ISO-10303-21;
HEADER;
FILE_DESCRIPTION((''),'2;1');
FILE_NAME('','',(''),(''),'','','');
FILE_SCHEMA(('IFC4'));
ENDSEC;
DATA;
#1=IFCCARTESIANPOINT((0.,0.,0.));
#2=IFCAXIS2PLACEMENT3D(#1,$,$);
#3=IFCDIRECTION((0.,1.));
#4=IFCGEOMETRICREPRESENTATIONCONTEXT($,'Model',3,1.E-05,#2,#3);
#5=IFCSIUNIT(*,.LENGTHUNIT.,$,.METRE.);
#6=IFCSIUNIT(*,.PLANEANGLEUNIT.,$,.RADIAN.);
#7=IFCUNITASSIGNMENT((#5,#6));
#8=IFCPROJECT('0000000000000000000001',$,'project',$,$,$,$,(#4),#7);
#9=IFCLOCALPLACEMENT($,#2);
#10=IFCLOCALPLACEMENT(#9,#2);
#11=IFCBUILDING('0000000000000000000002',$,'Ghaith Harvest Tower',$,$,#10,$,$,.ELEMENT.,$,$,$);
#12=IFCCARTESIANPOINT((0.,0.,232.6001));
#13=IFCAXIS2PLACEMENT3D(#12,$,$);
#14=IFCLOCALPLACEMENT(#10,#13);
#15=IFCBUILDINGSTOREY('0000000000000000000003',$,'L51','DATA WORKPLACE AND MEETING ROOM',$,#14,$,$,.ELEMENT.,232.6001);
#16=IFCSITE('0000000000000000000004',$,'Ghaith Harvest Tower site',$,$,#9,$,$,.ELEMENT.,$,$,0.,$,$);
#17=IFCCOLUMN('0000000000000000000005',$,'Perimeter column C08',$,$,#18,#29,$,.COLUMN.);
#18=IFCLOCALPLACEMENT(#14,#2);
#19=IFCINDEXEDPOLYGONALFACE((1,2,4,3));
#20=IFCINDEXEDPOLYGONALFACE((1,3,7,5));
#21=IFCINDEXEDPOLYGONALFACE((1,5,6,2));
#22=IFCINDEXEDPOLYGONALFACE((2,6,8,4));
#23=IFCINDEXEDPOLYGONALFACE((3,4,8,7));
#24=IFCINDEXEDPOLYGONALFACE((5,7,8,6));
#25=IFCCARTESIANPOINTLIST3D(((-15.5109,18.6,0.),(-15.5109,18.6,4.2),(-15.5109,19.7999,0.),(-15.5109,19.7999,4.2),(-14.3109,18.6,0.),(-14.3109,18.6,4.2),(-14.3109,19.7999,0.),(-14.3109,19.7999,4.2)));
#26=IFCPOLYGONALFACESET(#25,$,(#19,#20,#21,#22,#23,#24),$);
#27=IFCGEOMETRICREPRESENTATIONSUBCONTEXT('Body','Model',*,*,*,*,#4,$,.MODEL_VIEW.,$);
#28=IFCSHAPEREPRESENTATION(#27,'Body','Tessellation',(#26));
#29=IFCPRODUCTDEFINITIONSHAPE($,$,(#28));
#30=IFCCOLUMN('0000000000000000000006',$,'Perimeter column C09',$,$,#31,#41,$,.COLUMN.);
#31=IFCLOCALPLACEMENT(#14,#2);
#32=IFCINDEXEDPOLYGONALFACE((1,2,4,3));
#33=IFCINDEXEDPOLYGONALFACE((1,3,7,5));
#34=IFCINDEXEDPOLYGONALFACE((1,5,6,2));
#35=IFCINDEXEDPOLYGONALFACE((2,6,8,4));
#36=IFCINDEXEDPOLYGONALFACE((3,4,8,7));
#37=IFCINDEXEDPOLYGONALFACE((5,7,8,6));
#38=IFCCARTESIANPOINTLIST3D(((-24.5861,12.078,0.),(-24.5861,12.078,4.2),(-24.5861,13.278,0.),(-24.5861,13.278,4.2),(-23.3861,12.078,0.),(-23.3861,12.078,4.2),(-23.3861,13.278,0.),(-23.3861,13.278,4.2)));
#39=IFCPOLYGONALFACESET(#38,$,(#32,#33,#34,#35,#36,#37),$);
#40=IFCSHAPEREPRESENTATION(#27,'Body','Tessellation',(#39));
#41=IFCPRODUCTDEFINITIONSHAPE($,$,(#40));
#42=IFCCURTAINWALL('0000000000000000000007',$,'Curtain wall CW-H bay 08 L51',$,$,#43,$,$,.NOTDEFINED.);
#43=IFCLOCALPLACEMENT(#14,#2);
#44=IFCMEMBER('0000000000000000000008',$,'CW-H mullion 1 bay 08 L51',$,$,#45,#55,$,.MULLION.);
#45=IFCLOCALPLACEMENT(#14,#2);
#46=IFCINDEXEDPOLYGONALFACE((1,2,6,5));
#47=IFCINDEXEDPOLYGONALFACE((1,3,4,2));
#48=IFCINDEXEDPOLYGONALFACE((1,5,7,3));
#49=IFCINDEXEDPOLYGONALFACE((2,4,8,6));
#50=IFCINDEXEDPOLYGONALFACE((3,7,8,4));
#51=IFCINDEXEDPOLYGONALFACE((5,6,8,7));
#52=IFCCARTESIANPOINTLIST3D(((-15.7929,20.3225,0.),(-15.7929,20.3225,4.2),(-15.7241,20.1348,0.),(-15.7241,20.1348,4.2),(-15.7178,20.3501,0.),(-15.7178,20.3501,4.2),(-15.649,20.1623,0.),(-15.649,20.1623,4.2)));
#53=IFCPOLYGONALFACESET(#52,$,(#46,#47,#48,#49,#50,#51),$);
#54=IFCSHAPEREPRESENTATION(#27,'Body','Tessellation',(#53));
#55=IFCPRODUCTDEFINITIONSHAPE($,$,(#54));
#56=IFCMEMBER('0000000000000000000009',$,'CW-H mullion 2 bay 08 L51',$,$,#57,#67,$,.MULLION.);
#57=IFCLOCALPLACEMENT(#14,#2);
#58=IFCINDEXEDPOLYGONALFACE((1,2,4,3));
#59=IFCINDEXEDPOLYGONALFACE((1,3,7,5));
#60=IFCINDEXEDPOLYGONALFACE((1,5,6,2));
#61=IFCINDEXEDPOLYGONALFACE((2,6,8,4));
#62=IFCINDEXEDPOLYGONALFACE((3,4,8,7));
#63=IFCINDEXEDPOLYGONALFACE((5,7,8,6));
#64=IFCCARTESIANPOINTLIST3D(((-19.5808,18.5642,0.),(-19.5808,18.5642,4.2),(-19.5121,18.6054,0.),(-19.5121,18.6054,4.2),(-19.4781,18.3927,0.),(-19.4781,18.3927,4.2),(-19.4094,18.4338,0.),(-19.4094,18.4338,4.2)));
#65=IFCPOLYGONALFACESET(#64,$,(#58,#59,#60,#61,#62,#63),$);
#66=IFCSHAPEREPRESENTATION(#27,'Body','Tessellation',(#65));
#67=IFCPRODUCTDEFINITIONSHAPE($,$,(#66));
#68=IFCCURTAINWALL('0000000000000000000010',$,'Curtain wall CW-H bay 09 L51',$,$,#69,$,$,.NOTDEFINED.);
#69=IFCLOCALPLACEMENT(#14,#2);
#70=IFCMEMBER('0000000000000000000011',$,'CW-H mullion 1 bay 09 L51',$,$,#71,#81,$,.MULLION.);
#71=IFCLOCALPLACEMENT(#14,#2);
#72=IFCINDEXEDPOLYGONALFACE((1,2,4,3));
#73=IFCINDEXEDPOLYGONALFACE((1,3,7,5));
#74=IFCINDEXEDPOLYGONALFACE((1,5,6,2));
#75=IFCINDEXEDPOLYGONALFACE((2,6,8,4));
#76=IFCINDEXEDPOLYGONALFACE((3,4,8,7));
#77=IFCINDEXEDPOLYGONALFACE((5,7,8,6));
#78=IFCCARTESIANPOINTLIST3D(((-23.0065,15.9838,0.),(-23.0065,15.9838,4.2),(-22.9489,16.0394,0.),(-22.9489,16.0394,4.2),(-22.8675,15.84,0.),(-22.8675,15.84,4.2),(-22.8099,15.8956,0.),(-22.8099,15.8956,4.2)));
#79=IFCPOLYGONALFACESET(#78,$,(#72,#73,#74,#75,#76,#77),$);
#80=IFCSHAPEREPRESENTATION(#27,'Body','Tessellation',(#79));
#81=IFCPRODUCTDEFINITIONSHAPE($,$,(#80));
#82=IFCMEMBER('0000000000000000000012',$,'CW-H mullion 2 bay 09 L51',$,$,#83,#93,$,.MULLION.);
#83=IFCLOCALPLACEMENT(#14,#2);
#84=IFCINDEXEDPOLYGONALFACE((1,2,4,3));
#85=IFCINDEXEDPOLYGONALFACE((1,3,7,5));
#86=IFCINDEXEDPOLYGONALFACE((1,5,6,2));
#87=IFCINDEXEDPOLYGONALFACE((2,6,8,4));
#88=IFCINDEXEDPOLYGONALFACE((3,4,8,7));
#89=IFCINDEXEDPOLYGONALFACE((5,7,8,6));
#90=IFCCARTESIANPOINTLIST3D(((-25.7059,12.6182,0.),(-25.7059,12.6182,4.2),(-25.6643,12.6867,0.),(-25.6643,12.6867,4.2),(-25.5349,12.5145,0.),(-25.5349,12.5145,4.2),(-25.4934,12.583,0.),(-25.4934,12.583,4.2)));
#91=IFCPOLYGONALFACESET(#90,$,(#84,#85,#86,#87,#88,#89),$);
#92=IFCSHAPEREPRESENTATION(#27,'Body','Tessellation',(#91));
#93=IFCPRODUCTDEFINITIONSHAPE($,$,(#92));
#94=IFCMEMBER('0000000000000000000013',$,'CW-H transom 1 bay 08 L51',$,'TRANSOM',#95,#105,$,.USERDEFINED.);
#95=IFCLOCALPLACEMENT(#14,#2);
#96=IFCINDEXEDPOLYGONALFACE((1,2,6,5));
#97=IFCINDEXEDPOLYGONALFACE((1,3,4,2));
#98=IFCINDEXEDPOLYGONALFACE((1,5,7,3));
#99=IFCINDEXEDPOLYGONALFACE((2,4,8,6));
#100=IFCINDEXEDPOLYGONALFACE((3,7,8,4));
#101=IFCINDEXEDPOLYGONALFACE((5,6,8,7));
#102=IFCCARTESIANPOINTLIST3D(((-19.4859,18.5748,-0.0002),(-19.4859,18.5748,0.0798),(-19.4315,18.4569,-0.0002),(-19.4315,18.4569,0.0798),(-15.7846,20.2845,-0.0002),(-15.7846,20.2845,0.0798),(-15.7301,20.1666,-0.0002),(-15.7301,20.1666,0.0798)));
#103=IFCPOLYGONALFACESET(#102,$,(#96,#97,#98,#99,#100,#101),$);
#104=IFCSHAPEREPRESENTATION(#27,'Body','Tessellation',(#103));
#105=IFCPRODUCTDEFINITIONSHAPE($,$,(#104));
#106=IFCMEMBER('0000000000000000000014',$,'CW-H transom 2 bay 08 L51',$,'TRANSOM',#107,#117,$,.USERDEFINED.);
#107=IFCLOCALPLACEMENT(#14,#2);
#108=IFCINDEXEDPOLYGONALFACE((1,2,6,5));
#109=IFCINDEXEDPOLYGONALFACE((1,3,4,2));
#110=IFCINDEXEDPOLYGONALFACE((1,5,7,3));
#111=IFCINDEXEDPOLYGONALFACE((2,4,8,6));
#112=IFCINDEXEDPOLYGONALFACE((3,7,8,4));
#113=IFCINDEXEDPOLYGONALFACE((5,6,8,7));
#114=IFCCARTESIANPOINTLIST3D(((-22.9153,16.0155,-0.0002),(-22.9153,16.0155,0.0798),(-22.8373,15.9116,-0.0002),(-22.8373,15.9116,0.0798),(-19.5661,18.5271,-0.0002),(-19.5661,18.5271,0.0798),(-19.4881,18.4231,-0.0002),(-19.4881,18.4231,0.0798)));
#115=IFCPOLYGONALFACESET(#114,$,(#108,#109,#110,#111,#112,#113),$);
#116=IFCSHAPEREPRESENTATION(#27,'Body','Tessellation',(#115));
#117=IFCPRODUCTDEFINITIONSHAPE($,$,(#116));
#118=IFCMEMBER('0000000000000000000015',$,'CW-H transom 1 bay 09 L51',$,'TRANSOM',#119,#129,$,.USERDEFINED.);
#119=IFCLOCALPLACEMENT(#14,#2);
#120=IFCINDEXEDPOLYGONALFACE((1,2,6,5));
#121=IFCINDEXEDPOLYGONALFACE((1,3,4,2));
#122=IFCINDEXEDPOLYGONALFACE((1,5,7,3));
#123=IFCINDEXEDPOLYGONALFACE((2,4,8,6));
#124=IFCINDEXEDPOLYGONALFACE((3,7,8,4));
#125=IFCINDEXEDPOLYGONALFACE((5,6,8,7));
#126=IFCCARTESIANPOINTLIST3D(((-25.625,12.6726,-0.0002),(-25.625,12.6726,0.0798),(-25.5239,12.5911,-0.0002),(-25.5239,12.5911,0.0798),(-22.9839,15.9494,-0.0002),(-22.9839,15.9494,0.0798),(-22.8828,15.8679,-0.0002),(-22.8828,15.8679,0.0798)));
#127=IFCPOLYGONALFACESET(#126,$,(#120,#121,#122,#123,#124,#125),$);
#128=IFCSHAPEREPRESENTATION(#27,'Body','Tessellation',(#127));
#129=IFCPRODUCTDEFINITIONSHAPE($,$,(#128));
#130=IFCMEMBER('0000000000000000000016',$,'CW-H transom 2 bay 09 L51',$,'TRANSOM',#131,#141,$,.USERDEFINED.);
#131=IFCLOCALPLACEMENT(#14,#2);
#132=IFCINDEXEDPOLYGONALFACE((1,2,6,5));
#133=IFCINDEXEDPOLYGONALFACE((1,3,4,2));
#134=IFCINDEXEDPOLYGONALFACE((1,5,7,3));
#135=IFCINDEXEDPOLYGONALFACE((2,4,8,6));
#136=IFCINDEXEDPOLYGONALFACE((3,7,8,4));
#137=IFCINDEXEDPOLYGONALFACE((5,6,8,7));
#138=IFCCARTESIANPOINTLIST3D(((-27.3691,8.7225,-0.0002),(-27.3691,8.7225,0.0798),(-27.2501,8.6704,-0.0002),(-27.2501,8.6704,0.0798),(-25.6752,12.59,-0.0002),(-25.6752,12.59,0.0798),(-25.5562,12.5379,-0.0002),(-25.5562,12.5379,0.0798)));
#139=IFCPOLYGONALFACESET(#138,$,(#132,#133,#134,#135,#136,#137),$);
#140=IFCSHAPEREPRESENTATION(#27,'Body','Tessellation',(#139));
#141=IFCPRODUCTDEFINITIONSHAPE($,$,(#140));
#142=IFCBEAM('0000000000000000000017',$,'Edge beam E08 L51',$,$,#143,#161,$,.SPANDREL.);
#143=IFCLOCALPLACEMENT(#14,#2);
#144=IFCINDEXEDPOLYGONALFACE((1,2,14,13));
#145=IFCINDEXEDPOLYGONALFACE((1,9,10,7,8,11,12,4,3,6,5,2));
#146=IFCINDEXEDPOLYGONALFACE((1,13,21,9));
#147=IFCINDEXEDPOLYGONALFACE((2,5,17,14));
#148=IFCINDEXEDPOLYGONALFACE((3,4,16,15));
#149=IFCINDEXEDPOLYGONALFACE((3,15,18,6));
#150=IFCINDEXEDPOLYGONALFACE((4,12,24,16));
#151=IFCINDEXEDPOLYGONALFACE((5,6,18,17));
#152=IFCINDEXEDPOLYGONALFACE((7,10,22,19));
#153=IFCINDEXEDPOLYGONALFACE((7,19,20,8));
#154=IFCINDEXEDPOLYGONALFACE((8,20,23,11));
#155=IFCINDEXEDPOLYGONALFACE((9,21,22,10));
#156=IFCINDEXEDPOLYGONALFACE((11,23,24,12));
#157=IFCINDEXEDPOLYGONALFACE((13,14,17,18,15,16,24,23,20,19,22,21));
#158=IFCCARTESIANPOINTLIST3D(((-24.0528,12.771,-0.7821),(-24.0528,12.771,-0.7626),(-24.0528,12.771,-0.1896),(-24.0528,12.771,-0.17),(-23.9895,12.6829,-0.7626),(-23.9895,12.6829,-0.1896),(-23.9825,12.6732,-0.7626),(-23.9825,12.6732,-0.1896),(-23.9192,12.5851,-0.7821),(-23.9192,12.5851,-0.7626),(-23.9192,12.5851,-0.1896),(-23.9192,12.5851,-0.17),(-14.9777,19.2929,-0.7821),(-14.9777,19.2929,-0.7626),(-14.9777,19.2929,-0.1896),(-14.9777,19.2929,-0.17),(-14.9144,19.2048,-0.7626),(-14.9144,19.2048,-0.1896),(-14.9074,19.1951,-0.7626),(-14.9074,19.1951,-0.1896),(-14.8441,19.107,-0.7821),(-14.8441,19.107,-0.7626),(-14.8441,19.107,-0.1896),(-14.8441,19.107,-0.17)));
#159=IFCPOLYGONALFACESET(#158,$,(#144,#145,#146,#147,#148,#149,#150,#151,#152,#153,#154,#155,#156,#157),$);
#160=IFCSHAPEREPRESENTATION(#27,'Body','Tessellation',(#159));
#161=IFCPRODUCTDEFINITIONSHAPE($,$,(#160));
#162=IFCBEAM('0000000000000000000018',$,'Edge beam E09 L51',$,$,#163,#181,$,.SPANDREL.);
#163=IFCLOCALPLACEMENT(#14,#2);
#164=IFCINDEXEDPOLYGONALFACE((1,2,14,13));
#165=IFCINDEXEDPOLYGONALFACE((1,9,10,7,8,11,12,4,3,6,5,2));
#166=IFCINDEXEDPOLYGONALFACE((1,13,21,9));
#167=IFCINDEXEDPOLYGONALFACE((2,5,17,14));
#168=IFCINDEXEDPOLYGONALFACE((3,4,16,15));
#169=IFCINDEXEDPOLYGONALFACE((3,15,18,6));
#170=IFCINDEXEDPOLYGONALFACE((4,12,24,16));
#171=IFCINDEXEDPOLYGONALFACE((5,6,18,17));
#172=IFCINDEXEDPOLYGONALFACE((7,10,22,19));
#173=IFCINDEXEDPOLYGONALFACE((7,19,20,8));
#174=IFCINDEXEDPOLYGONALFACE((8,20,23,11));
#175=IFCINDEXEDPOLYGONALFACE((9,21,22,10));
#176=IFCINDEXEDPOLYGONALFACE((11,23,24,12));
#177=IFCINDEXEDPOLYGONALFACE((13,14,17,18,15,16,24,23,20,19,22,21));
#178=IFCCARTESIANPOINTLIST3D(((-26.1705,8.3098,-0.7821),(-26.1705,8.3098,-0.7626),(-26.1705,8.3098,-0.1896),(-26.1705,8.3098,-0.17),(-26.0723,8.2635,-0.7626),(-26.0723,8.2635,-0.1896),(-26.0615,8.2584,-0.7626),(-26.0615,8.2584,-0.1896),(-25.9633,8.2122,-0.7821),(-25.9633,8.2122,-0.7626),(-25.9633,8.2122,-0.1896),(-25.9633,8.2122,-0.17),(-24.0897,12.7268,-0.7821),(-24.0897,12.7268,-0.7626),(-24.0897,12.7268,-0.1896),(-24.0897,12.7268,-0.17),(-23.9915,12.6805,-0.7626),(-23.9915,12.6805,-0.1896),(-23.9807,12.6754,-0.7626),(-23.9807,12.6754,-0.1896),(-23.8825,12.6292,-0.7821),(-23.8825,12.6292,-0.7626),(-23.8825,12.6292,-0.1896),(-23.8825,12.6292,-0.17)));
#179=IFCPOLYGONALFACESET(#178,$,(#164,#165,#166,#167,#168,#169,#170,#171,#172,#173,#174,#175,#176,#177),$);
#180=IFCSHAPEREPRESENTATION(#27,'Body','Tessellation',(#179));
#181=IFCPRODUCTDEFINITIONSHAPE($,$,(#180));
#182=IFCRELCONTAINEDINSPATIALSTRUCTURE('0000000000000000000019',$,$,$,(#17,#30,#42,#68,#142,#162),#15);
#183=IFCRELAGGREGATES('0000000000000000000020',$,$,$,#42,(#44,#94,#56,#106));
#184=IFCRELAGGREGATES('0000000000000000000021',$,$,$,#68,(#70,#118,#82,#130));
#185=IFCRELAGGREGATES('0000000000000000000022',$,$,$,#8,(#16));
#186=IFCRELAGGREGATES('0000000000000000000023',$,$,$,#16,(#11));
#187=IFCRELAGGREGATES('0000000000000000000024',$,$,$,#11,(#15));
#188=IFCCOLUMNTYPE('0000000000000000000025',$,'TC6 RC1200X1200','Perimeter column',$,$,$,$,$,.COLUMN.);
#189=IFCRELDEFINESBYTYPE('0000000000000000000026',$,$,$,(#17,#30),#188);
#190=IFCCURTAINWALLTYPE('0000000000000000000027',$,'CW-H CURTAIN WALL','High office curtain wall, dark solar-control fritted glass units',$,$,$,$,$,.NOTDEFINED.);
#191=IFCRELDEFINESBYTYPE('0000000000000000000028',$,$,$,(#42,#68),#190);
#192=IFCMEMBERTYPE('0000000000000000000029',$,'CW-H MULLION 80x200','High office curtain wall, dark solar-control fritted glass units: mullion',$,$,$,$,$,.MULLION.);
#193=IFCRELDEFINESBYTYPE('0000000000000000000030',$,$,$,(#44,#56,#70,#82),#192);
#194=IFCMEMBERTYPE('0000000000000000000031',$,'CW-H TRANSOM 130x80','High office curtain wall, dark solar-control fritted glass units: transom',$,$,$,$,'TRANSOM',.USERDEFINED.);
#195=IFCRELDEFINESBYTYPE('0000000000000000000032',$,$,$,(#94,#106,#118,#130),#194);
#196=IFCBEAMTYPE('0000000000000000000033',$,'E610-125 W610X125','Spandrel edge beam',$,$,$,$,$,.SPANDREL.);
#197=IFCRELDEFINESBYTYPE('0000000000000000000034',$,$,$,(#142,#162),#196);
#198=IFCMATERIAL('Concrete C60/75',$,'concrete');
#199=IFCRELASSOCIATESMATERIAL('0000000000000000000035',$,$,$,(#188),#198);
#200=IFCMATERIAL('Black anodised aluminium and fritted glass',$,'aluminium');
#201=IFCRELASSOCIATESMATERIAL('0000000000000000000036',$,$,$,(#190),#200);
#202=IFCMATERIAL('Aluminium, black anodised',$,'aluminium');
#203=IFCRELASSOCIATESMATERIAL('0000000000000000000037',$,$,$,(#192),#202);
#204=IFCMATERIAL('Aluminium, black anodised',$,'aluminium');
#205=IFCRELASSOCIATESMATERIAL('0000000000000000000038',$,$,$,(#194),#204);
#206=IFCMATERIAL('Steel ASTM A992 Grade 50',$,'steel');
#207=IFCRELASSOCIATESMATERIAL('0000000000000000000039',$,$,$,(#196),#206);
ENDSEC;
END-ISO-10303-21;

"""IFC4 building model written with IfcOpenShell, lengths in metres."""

from ifc_helpers import new_model, si_unit, direction, frame, origin, origin_2d, place, context, subcontext, project, spatial, rectangle, i_section, extrude, material, material_profile, profile_set, type_object, element, aggregate, save


model = new_model("IFC4")

# Units and contexts
model_context = context("Model", 3, precision=1e-05, world=origin(), true_north=direction((0.0, 1.0)))
body_context = subcontext(model_context, "Body", "Model", "MODEL_VIEW")
ifc_project = project(units=[si_unit("LENGTHUNIT", "METRE"), si_unit("PLANEANGLEUNIT", "RADIAN")], contexts=[model_context])

# Site, building, storey
site_placement = place(None, origin())
site = spatial("IfcSite", under=ifc_project, at=site_placement, Name="Ghaith Harvest Tower site", CompositionType="ELEMENT", RefElevation=0.0)
building_placement = place(site_placement, origin())
building = spatial("IfcBuilding", under=site, at=building_placement, Name="Ghaith Harvest Tower", CompositionType="ELEMENT")
storey_placement = place(building_placement, frame((0.0, 0.0, 232.6001)))
storey = spatial("IfcBuildingStorey", under=building, at=storey_placement, Name="L51", Description="DATA WORKPLACE AND MEETING ROOM", CompositionType="ELEMENT", Elevation=232.6001)

# Columns
ifc_material_1 = material(Name="Concrete C60/75", Category="concrete")
ifc_material_profile_1 = material_profile(ifc_material_1, rectangle(XDim=1.2, YDim=1.2, at=origin_2d()), Name="RC1200X1200")
ifc_profile_set_1 = profile_set([ifc_material_profile_1], Name="Concrete C60/75")
column_type = type_object("IfcColumnType", Name="TC6 RC1200X1200", Description="Perimeter column", PredefinedType="COLUMN", material=ifc_profile_set_1)
for number, where, z_axis, x_axis, name in (
    (1, (-14.9109, 19.2, 0.0), (0.0, 0.0, 1.0), (1.0, 0.0, 0.0), "Perimeter column C08"),
    (2, (-23.9861, 12.678, 0.0), (0.0, 0.0, 1.0), (1.0, 0.0, 0.0), "Perimeter column C09"),
):
    element("IfcColumn", number, at=place(storey_placement, frame(where, z_axis=z_axis, x_axis=x_axis)), inside=storey, type_object=column_type, Name=name, PredefinedType="COLUMN", context=body_context, shape_type="SweptSolid", body=[
        extrude(rectangle(XDim=1.2, YDim=1.2, at=origin_2d()), origin(), (0.0, 0.0, 1.0), 4.2),
    ])

# Curtain walls, members
ifc_material_2 = material(Name="Black anodised aluminium and fritted glass", Category="aluminium")
curtain_wall_type = type_object("IfcCurtainWallType", Name="CW-H CURTAIN WALL", Description="High office curtain wall, dark solar-control fritted glass units", PredefinedType="NOTDEFINED", material=ifc_material_2)
curtain_wall_1_placement = place(storey_placement, origin())
curtain_wall_1 = element("IfcCurtainWall", 3, at=curtain_wall_1_placement, inside=storey, type_object=curtain_wall_type, Name="Curtain wall CW-H bay 08 L51", PredefinedType="NOTDEFINED")
ifc_material_3 = material(Name="Aluminium, black anodised", Category="aluminium")
ifc_material_profile_2 = material_profile(ifc_material_3, rectangle(XDim=0.0801, YDim=0.2, at=origin_2d()), Name="CW-H MULLION 80x200")
ifc_profile_set_2 = profile_set([ifc_material_profile_2], Name="Aluminium, black anodised")
member_type_1 = type_object("IfcMemberType", Name="CW-H MULLION 80x200", Description="High office curtain wall, dark solar-control fritted glass units: mullion", PredefinedType="MULLION", material=ifc_profile_set_2)
member_1_placement = place(storey_placement, frame((-15.7209, 20.2424, 0.0), z_axis=(0.0, 0.0, 1.0), x_axis=(-0.938931, -0.344106, 0.0)))
member_1 = element("IfcMember", 4, at=member_1_placement, type_object=member_type_1, Name="CW-H mullion 1 bay 08 L51", PredefinedType="MULLION", context=body_context, shape_type="SweptSolid", body=[
    extrude(rectangle(XDim=0.0801, YDim=0.2, at=origin_2d()), origin(), (0.0, 0.0, 1.0), 4.2),
])
member_2_placement = place(storey_placement, frame((-19.4951, 18.499, 0.0), z_axis=(0.0, 0.0, 1.0), x_axis=(-0.857999, -0.513652, 0.0)))
member_2 = element("IfcMember", 5, at=member_2_placement, type_object=member_type_1, Name="CW-H mullion 2 bay 08 L51", PredefinedType="MULLION", context=body_context, shape_type="SweptSolid", body=[
    extrude(rectangle(XDim=0.0801, YDim=0.2, at=origin_2d()), origin(), (0.0, 0.0, 1.0), 4.2),
])
curtain_wall_2_placement = place(storey_placement, origin())
curtain_wall_2 = element("IfcCurtainWall", 6, at=curtain_wall_2_placement, inside=storey, type_object=curtain_wall_type, Name="Curtain wall CW-H bay 09 L51", PredefinedType="NOTDEFINED")
member_3_placement = place(storey_placement, frame((-22.9082, 15.9397, 0.0), z_axis=(0.0, 0.0, 1.0), x_axis=(-0.719146, -0.694859, 0.0)))
member_3 = element("IfcMember", 7, at=member_3_placement, type_object=member_type_1, Name="CW-H mullion 1 bay 09 L51", PredefinedType="MULLION", context=body_context, shape_type="SweptSolid", body=[
    extrude(rectangle(XDim=0.0801, YDim=0.2, at=origin_2d()), origin(), (0.0, 0.0, 1.0), 4.2),
])
member_4_placement = place(storey_placement, frame((-25.5996, 12.6006, 0.0), z_axis=(0.0, 0.0, 1.0), x_axis=(-0.518769, -0.854914, 0.0)))
member_4 = element("IfcMember", 8, at=member_4_placement, type_object=member_type_1, Name="CW-H mullion 2 bay 09 L51", PredefinedType="MULLION", context=body_context, shape_type="SweptSolid", body=[
    extrude(rectangle(XDim=0.0801, YDim=0.2, at=origin_2d()), origin(), (0.0, 0.0, 1.0), 4.2),
])

# Members
ifc_material_4 = material(Name="Aluminium, black anodised", Category="aluminium")
ifc_material_profile_3 = material_profile(ifc_material_4, rectangle(XDim=0.1299, YDim=0.0801, at=origin_2d()), Name="CW-H TRANSOM 130x80")
ifc_profile_set_3 = profile_set([ifc_material_profile_3], Name="Aluminium, black anodised")
member_type_2 = type_object("IfcMemberType", Name="CW-H TRANSOM 130x80", Description="High office curtain wall, dark solar-control fritted glass units: transom", ElementType="TRANSOM", PredefinedType="USERDEFINED", material=ifc_profile_set_3)
member_5_placement = place(storey_placement, frame((-15.7573, 20.2256, 0.0398), z_axis=(-0.907831, -0.419335, 0.0), x_axis=(0.419335, -0.907831, 0.0)))
member_5 = element("IfcMember", 9, at=member_5_placement, type_object=member_type_2, Name="CW-H transom 1 bay 08 L51", ObjectType="TRANSOM", PredefinedType="USERDEFINED", context=body_context, shape_type="SweptSolid", body=[
    extrude(rectangle(XDim=0.1299, YDim=0.0801, at=origin_2d()), origin(), (0.0, 0.0, 1.0), 4.0771),
])
member_6_placement = place(storey_placement, frame((-19.5271, 18.4751, 0.0398), z_axis=(-0.800042, -0.599944, 0.0), x_axis=(0.599944, -0.800042, 0.0)))
member_6 = element("IfcMember", 10, at=member_6_placement, type_object=member_type_2, Name="CW-H transom 2 bay 08 L51", ObjectType="TRANSOM", PredefinedType="USERDEFINED", context=body_context, shape_type="SweptSolid", body=[
    extrude(rectangle(XDim=0.1299, YDim=0.0801, at=origin_2d()), origin(), (0.0, 0.0, 1.0), 4.1863),
])
member_7_placement = place(storey_placement, frame((-22.9333, 15.9087, 0.0398), z_axis=(-0.627535, -0.778589, 0.0), x_axis=(0.778589, -0.627535, 0.0)))
member_7 = element("IfcMember", 11, at=member_7_placement, type_object=member_type_2, Name="CW-H transom 1 bay 09 L51", ObjectType="TRANSOM", PredefinedType="USERDEFINED", context=body_context, shape_type="SweptSolid", body=[
    extrude(rectangle(XDim=0.1299, YDim=0.0801, at=origin_2d()), origin(), (0.0, 0.0, 1.0), 4.2087),
])
member_8_placement = place(storey_placement, frame((-25.6157, 12.564, 0.0398), z_axis=(-0.401186, -0.915997, 0.0), x_axis=(0.915997, -0.401186, 0.0)))
member_8 = element("IfcMember", 12, at=member_8_placement, type_object=member_type_2, Name="CW-H transom 2 bay 09 L51", ObjectType="TRANSOM", PredefinedType="USERDEFINED", context=body_context, shape_type="SweptSolid", body=[
    extrude(rectangle(XDim=0.1299, YDim=0.0801, at=origin_2d()), origin(), (0.0, 0.0, 1.0), 4.2222),
])

# Beams
ifc_material_5 = material(Name="Steel ASTM A992 Grade 50", Category="steel")
ifc_material_profile_4 = material_profile(ifc_material_5, i_section(OverallWidth=0.229, OverallDepth=0.6121, WebThickness=0.012, FlangeThickness=0.0195, at=origin_2d()), Name="W610X125")
ifc_profile_set_4 = profile_set([ifc_material_profile_4], Name="Steel ASTM A992 Grade 50")
beam_type = type_object("IfcBeamType", Name="E610-125 W610X125", Description="Spandrel edge beam", PredefinedType="SPANDREL", material=ifc_profile_set_4)
beam_1_placement = place(storey_placement, frame((-14.9109, 19.2, -0.4761), z_axis=(-0.81205, -0.583587, 0.0), x_axis=(0.583587, -0.81205, 0.0)))
element("IfcBeam", 13, at=beam_1_placement, inside=storey, type_object=beam_type, Name="Edge beam E08 L51", PredefinedType="SPANDREL", context=body_context, shape_type="SweptSolid", body=[
    extrude(i_section(OverallWidth=0.229, OverallDepth=0.6121, WebThickness=0.012, FlangeThickness=0.0195, at=origin_2d()), origin(), (0.0, 0.0, 1.0), 11.1755),
])
beam_2_placement = place(storey_placement, frame((-23.9861, 12.678, -0.4761), z_axis=(-0.42617, -0.904643, 0.0), x_axis=(0.904643, -0.42617, 0.0)))
element("IfcBeam", 14, at=beam_2_placement, inside=storey, type_object=beam_type, Name="Edge beam E09 L51", PredefinedType="SPANDREL", context=body_context, shape_type="SweptSolid", body=[
    extrude(i_section(OverallWidth=0.229, OverallDepth=0.6121, WebThickness=0.012, FlangeThickness=0.0195, at=origin_2d()), origin(), (0.0, 0.0, 1.0), 4.8826),
])

aggregate(curtain_wall_1, [member_1, member_5, member_2, member_6])
aggregate(curtain_wall_2, [member_3, member_7, member_4, member_8])

save(model, "model.ifc")
